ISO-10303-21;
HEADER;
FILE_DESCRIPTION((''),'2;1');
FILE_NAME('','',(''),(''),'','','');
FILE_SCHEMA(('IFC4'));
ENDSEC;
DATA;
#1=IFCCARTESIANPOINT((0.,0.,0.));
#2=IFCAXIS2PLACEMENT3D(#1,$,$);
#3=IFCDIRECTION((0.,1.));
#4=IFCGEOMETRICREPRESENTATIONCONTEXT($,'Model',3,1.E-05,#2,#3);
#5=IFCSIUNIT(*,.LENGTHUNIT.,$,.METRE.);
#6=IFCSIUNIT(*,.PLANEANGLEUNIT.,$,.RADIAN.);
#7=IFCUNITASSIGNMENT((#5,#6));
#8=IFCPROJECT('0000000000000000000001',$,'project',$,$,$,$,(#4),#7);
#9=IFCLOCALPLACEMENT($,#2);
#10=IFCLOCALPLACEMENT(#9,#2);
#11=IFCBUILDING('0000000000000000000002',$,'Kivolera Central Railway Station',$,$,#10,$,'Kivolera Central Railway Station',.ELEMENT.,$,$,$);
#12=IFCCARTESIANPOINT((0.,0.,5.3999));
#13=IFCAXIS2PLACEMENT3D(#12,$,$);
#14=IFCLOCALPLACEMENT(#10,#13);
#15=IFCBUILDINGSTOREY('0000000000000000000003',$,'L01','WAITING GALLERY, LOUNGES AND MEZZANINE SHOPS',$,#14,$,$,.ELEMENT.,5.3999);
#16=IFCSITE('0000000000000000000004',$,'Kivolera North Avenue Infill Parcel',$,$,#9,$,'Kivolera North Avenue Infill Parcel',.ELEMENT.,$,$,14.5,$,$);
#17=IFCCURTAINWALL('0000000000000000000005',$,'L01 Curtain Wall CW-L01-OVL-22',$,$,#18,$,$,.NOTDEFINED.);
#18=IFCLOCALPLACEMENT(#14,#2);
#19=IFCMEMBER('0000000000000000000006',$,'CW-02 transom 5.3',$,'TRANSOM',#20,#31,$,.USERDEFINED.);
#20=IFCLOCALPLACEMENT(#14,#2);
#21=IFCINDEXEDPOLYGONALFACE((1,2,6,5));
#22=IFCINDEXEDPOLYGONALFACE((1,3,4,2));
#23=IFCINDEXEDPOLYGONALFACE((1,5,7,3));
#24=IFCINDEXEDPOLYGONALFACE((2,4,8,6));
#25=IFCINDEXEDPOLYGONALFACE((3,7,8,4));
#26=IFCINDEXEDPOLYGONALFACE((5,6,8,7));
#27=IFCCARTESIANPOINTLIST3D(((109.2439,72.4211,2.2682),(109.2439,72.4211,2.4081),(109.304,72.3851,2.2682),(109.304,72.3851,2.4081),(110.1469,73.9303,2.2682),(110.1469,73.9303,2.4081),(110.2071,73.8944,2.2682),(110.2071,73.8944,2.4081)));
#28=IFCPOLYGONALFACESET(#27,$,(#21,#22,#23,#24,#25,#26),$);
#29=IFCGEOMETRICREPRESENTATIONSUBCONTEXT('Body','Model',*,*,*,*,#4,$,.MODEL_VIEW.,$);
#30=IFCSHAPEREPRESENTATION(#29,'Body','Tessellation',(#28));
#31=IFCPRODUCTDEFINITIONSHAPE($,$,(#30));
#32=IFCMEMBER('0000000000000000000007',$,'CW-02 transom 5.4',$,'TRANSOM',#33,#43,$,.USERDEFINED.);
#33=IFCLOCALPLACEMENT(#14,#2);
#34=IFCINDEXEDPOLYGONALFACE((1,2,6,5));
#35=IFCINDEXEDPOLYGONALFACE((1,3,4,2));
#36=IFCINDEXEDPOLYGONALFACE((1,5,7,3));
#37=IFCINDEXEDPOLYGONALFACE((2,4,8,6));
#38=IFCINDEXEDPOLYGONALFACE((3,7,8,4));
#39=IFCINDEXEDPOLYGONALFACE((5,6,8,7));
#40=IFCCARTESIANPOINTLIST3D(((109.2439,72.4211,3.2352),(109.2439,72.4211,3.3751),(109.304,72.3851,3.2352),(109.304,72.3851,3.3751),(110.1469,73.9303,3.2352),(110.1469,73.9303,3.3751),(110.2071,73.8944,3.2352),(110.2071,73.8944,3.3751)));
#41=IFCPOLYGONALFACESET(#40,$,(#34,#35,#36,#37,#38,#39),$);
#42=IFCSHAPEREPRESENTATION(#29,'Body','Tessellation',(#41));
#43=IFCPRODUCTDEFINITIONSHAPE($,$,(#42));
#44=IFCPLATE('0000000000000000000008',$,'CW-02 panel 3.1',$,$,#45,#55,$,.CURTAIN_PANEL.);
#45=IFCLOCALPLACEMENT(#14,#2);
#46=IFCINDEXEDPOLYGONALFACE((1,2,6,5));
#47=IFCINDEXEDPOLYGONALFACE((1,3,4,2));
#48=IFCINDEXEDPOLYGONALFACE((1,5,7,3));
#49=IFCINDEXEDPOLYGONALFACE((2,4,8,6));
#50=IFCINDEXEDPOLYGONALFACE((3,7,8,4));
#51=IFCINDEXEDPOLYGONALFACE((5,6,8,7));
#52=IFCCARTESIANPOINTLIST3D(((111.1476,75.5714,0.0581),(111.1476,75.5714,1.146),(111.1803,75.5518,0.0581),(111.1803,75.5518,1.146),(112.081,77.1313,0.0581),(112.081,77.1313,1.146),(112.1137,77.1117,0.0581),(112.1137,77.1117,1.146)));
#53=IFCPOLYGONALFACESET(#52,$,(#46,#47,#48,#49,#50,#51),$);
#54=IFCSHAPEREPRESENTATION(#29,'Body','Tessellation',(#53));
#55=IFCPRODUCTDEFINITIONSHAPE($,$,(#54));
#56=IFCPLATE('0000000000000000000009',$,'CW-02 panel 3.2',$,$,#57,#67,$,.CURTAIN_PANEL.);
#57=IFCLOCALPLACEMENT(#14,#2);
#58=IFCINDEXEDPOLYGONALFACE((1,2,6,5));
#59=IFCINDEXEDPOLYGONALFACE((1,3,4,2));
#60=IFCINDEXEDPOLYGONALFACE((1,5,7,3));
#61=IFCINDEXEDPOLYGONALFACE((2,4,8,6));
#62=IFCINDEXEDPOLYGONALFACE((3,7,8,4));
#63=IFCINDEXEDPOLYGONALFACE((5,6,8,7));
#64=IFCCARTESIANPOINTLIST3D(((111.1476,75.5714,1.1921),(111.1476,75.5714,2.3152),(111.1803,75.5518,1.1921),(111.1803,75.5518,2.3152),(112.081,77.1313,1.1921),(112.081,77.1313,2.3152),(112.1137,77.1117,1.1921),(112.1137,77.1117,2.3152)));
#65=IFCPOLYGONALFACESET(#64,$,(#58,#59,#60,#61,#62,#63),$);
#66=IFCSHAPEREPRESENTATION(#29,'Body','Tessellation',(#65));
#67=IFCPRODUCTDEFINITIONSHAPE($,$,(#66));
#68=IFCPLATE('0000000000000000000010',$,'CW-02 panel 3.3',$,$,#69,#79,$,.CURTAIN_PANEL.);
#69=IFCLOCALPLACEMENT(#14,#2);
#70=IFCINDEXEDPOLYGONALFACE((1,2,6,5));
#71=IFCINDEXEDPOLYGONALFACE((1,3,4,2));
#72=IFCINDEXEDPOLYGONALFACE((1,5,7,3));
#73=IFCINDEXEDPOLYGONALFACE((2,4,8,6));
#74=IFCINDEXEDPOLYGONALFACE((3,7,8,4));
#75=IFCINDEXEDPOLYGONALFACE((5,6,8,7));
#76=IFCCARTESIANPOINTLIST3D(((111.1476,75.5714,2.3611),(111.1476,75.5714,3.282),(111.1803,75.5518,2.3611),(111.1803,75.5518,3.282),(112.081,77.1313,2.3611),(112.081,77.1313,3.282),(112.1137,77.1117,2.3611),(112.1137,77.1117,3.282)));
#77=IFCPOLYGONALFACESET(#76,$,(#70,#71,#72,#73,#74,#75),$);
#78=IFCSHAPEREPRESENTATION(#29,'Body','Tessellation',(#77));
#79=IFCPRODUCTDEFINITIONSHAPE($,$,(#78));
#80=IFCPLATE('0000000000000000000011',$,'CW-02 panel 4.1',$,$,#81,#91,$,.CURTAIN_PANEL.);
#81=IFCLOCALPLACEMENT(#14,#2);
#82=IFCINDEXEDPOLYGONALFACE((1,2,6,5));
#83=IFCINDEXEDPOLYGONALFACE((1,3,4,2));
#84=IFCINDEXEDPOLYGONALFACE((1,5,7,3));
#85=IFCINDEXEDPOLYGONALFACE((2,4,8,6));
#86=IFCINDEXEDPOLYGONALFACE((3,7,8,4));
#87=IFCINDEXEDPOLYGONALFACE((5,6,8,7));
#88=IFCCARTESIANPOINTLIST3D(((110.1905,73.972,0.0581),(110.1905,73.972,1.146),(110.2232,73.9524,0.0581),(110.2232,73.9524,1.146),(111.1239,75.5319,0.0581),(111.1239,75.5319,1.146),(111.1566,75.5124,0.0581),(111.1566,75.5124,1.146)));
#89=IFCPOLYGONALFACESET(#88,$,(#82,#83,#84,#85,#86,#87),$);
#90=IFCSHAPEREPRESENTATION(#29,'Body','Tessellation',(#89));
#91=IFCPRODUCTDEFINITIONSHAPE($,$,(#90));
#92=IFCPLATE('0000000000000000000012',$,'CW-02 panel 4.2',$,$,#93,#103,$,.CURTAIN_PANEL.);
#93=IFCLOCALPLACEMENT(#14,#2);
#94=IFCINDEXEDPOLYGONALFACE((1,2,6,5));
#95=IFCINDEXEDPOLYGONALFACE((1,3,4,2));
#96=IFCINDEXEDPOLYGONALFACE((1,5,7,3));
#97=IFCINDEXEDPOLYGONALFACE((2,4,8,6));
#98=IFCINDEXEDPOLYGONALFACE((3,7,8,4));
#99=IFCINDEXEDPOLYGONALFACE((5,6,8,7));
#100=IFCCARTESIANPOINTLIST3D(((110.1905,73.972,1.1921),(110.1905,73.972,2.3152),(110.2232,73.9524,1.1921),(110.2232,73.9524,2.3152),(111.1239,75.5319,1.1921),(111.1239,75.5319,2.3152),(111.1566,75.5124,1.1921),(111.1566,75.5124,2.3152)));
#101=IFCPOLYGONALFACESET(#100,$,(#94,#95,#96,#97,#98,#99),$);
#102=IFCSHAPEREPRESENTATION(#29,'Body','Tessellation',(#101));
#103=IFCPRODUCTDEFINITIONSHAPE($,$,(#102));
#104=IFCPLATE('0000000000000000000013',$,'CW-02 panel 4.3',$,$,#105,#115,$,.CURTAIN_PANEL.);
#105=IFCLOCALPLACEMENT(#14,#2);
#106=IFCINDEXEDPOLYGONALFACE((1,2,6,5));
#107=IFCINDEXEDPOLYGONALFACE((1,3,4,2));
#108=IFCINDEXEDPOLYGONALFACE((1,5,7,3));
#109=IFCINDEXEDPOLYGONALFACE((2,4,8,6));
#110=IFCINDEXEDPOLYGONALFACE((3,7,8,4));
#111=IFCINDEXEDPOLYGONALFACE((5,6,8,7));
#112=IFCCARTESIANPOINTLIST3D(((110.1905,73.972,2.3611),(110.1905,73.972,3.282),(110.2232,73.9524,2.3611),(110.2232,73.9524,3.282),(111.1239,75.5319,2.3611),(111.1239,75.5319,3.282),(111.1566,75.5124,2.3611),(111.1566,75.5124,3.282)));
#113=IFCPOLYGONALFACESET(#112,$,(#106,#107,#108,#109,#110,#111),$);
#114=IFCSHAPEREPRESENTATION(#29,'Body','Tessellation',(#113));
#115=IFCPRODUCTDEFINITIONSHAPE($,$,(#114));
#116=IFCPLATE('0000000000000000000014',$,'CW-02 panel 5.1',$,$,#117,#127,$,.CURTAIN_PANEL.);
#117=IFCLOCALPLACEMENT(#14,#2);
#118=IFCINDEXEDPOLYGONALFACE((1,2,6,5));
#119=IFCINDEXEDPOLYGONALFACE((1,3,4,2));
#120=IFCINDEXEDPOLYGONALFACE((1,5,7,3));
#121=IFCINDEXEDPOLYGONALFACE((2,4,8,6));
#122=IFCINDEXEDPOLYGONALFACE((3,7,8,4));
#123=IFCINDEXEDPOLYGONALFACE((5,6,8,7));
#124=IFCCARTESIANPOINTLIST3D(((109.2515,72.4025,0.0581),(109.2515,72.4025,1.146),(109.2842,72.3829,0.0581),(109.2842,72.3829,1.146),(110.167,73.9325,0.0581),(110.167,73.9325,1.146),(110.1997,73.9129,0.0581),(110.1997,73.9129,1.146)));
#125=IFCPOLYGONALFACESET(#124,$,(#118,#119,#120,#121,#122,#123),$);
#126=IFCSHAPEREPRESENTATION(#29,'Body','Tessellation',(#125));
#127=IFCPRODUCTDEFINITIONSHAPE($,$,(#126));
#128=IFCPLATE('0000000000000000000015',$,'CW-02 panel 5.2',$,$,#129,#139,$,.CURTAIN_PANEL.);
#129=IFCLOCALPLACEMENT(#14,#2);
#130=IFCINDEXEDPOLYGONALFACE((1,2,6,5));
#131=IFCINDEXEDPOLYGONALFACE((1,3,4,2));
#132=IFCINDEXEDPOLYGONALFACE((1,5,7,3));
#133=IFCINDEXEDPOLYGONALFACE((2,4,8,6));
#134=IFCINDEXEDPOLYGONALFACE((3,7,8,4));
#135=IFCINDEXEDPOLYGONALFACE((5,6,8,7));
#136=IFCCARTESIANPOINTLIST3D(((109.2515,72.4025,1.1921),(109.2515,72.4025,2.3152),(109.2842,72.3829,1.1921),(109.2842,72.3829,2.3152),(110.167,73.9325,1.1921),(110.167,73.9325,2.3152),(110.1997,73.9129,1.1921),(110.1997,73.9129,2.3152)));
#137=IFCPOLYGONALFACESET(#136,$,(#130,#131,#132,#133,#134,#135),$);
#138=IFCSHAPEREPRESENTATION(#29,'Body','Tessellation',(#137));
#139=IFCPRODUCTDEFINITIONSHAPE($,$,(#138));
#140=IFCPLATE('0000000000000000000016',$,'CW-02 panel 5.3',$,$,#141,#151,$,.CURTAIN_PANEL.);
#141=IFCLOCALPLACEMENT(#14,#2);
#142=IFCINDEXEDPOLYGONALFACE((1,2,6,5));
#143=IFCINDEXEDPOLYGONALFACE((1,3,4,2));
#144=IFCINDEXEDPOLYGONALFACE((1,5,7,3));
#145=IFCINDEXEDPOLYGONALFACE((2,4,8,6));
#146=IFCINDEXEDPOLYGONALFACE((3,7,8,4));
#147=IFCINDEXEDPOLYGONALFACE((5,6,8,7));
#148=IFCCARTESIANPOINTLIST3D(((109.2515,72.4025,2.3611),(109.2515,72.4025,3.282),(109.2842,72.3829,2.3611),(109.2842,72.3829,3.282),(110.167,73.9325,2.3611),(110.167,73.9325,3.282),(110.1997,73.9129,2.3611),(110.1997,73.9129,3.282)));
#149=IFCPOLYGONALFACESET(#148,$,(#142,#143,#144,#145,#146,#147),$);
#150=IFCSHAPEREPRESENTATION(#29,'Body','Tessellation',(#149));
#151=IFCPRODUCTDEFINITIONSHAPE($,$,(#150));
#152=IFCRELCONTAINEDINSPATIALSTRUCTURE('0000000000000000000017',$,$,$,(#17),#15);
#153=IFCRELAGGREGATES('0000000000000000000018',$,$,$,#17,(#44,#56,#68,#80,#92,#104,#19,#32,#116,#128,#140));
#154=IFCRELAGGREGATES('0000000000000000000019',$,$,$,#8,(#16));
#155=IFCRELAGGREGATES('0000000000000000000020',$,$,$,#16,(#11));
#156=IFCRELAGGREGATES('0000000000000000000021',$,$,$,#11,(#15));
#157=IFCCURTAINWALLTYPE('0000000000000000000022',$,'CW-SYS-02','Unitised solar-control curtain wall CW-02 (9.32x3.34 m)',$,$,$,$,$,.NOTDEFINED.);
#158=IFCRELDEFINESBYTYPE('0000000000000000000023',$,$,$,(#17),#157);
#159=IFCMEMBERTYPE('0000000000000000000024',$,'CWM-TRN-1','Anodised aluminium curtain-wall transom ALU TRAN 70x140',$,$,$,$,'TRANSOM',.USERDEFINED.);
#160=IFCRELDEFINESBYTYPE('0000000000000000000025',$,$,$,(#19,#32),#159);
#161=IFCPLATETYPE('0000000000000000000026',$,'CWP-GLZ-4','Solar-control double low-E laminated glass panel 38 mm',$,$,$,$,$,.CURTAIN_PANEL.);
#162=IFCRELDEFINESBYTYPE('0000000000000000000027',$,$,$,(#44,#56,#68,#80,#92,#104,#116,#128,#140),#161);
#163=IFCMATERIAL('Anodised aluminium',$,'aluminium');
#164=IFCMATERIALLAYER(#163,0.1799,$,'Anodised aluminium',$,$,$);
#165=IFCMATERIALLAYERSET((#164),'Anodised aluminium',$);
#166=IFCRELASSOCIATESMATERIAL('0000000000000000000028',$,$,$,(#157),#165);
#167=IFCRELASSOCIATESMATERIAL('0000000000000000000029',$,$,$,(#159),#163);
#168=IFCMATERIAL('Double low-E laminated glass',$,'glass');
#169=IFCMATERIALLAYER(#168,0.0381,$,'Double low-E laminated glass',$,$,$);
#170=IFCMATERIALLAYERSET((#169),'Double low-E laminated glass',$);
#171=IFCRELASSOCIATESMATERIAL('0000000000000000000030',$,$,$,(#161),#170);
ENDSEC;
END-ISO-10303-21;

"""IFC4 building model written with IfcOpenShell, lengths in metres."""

from ifc_helpers import new_model, si_unit, direction, frame, origin, origin_2d, place, context, subcontext, project, spatial, rectangle, extrude, material, layer, layer_set, material_profile, profile_set, type_object, element, aggregate, save


model = new_model("IFC4")

# Units and contexts
model_context = context("Model", 3, precision=1e-05, world=origin(), true_north=direction((0.0, 1.0)))
body_context = subcontext(model_context, "Body", "Model", "MODEL_VIEW")
ifc_project = project(units=[si_unit("LENGTHUNIT", "METRE"), si_unit("PLANEANGLEUNIT", "RADIAN")], contexts=[model_context])

# Site, building, storey
site_placement = place(None, origin())
site = spatial("IfcSite", under=ifc_project, at=site_placement, Name="Kivolera North Avenue Infill Parcel", LongName="Kivolera North Avenue Infill Parcel", CompositionType="ELEMENT", RefElevation=14.5)
building_placement = place(site_placement, origin())
building = spatial("IfcBuilding", under=site, at=building_placement, Name="Kivolera Central Railway Station", LongName="Kivolera Central Railway Station", CompositionType="ELEMENT")
storey_placement = place(building_placement, frame((0.0, 0.0, 5.3999)))
storey = spatial("IfcBuildingStorey", under=building, at=storey_placement, Name="L01", Description="WAITING GALLERY, LOUNGES AND MEZZANINE SHOPS", CompositionType="ELEMENT", Elevation=5.3999)

# Curtain wall, members, plates
ifc_material_1 = material(Name="Anodised aluminium", Category="aluminium")
ifc_layer_1 = layer(ifc_material_1, 0.1799, Name="Anodised aluminium")
ifc_layer_set_1 = layer_set([ifc_layer_1], Name="Anodised aluminium")
curtain_wall_type = type_object("IfcCurtainWallType", Name="CW-SYS-02", Description="Unitised solar-control curtain wall CW-02 (9.32x3.34 m)", PredefinedType="NOTDEFINED", material=ifc_layer_set_1)
curtain_wall_placement = place(storey_placement, origin())
curtain_wall = element("IfcCurtainWall", 1, at=curtain_wall_placement, inside=storey, type_object=curtain_wall_type, Name="L01 Curtain Wall CW-L01-OVL-22", PredefinedType="NOTDEFINED")
ifc_material_profile_1 = material_profile(ifc_material_1, rectangle(XDim=0.0701, YDim=0.1399, at=origin_2d()), Name="ALU TRAN 70x140")
ifc_profile_set_1 = profile_set([ifc_material_profile_1], Name="Anodised aluminium")
member_type_1 = type_object("IfcMemberType", Name="CWM-TRN-1", Description="Anodised aluminium curtain-wall transom ALU TRAN 70x140", ElementType="TRANSOM", PredefinedType="USERDEFINED", material=ifc_profile_set_1)
member_1_placement = place(storey_placement, frame((110.177, 73.9124, 2.3381), z_axis=(-0.513454, -0.858117, 0.0), x_axis=(0.858117, -0.513454, 0.0)))
member_1 = element("IfcMember", 2, at=member_1_placement, type_object=member_type_1, Name="CW-02 transom 5.3", ObjectType="TRANSOM", PredefinedType="USERDEFINED", context=body_context, shape_type="SweptSolid", body=[
    extrude(rectangle(XDim=0.0701, YDim=0.1399, at=origin_2d()), origin(), (0.0, 0.0, 1.0), 1.7588),
])
member_2_placement = place(storey_placement, frame((110.177, 73.9124, 3.3052), z_axis=(-0.513454, -0.858117, 0.0), x_axis=(0.858117, -0.513454, 0.0)))
member_2 = element("IfcMember", 3, at=member_2_placement, type_object=member_type_1, Name="CW-02 transom 5.4", ObjectType="TRANSOM", PredefinedType="USERDEFINED", context=body_context, shape_type="SweptSolid", body=[
    extrude(rectangle(XDim=0.0701, YDim=0.1399, at=origin_2d()), origin(), (0.0, 0.0, 1.0), 1.7588),
])
ifc_material_2 = material(Name="Double low-E laminated glass", Category="glass")
ifc_layer_2 = layer(ifc_material_2, 0.0381, Name="Double low-E laminated glass")
ifc_layer_set_2 = layer_set([ifc_layer_2], Name="Double low-E laminated glass")
plate_type = type_object("IfcPlateType", Name="CWP-GLZ-4", Description="Solar-control double low-E laminated glass panel 38 mm", PredefinedType="CURTAIN_PANEL", material=ifc_layer_set_2)
plate_1_placement = place(storey_placement, frame((111.6306, 76.3416, 0.0581), z_axis=(0.0, 0.0, 1.0), x_axis=(-0.513454, -0.858117, 0.0)))
plate_1 = element("IfcPlate", 4, at=plate_1_placement, type_object=plate_type, Name="CW-02 panel 3.1", PredefinedType="CURTAIN_PANEL", context=body_context, shape_type="SweptSolid", body=[
    extrude(rectangle(XDim=1.8179, YDim=0.0381, at=origin_2d()), origin(), (0.0, 0.0, 1.0), 1.0879),
])
plate_2_placement = place(storey_placement, frame((111.6306, 76.3416, 1.1921), z_axis=(0.0, 0.0, 1.0), x_axis=(-0.513454, -0.858117, 0.0)))
plate_2 = element("IfcPlate", 5, at=plate_2_placement, type_object=plate_type, Name="CW-02 panel 3.2", PredefinedType="CURTAIN_PANEL", context=body_context, shape_type="SweptSolid", body=[
    extrude(rectangle(XDim=1.8179, YDim=0.0381, at=origin_2d()), origin(), (0.0, 0.0, 1.0), 1.123),
])
plate_3_placement = place(storey_placement, frame((111.6306, 76.3416, 2.3611), z_axis=(0.0, 0.0, 1.0), x_axis=(-0.513454, -0.858117, 0.0)))
plate_3 = element("IfcPlate", 6, at=plate_3_placement, type_object=plate_type, Name="CW-02 panel 3.3", PredefinedType="CURTAIN_PANEL", context=body_context, shape_type="SweptSolid", body=[
    extrude(rectangle(XDim=1.8179, YDim=0.0381, at=origin_2d()), origin(), (0.0, 0.0, 1.0), 0.9209),
])
plate_4_placement = place(storey_placement, frame((110.6736, 74.7422, 0.0581), z_axis=(0.0, 0.0, 1.0), x_axis=(-0.513454, -0.858117, 0.0)))
plate_4 = element("IfcPlate", 7, at=plate_4_placement, type_object=plate_type, Name="CW-02 panel 4.1", PredefinedType="CURTAIN_PANEL", context=body_context, shape_type="SweptSolid", body=[
    extrude(rectangle(XDim=1.8179, YDim=0.0381, at=origin_2d()), origin(), (0.0, 0.0, 1.0), 1.0879),
])
plate_5_placement = place(storey_placement, frame((110.6736, 74.7422, 1.1921), z_axis=(0.0, 0.0, 1.0), x_axis=(-0.513454, -0.858117, 0.0)))
plate_5 = element("IfcPlate", 8, at=plate_5_placement, type_object=plate_type, Name="CW-02 panel 4.2", PredefinedType="CURTAIN_PANEL", context=body_context, shape_type="SweptSolid", body=[
    extrude(rectangle(XDim=1.8179, YDim=0.0381, at=origin_2d()), origin(), (0.0, 0.0, 1.0), 1.123),
])
plate_6_placement = place(storey_placement, frame((110.6736, 74.7422, 2.3611), z_axis=(0.0, 0.0, 1.0), x_axis=(-0.513454, -0.858117, 0.0)))
plate_6 = element("IfcPlate", 9, at=plate_6_placement, type_object=plate_type, Name="CW-02 panel 4.3", PredefinedType="CURTAIN_PANEL", context=body_context, shape_type="SweptSolid", body=[
    extrude(rectangle(XDim=1.8179, YDim=0.0381, at=origin_2d()), origin(), (0.0, 0.0, 1.0), 0.9209),
])
plate_7_placement = place(storey_placement, frame((109.7256, 73.1577, 0.0581), z_axis=(0.0, 0.0, 1.0), x_axis=(-0.513454, -0.858117, 0.0)))
plate_7 = element("IfcPlate", 10, at=plate_7_placement, type_object=plate_type, Name="CW-02 panel 5.1", PredefinedType="CURTAIN_PANEL", context=body_context, shape_type="SweptSolid", body=[
    extrude(rectangle(XDim=1.783, YDim=0.0381, at=origin_2d()), origin(), (0.0, 0.0, 1.0), 1.0879),
])
plate_8_placement = place(storey_placement, frame((109.7256, 73.1577, 1.1921), z_axis=(0.0, 0.0, 1.0), x_axis=(-0.513454, -0.858117, 0.0)))
plate_8 = element("IfcPlate", 11, at=plate_8_placement, type_object=plate_type, Name="CW-02 panel 5.2", PredefinedType="CURTAIN_PANEL", context=body_context, shape_type="SweptSolid", body=[
    extrude(rectangle(XDim=1.783, YDim=0.0381, at=origin_2d()), origin(), (0.0, 0.0, 1.0), 1.123),
])
plate_9_placement = place(storey_placement, frame((109.7256, 73.1577, 2.3611), z_axis=(0.0, 0.0, 1.0), x_axis=(-0.513454, -0.858117, 0.0)))
plate_9 = element("IfcPlate", 12, at=plate_9_placement, type_object=plate_type, Name="CW-02 panel 5.3", PredefinedType="CURTAIN_PANEL", context=body_context, shape_type="SweptSolid", body=[
    extrude(rectangle(XDim=1.783, YDim=0.0381, at=origin_2d()), origin(), (0.0, 0.0, 1.0), 0.9209),
])
aggregate(curtain_wall, [plate_1, plate_2, plate_3, plate_4, plate_5, plate_6, member_1, member_2, plate_7, plate_8, plate_9])

save(model, "model.ifc")
